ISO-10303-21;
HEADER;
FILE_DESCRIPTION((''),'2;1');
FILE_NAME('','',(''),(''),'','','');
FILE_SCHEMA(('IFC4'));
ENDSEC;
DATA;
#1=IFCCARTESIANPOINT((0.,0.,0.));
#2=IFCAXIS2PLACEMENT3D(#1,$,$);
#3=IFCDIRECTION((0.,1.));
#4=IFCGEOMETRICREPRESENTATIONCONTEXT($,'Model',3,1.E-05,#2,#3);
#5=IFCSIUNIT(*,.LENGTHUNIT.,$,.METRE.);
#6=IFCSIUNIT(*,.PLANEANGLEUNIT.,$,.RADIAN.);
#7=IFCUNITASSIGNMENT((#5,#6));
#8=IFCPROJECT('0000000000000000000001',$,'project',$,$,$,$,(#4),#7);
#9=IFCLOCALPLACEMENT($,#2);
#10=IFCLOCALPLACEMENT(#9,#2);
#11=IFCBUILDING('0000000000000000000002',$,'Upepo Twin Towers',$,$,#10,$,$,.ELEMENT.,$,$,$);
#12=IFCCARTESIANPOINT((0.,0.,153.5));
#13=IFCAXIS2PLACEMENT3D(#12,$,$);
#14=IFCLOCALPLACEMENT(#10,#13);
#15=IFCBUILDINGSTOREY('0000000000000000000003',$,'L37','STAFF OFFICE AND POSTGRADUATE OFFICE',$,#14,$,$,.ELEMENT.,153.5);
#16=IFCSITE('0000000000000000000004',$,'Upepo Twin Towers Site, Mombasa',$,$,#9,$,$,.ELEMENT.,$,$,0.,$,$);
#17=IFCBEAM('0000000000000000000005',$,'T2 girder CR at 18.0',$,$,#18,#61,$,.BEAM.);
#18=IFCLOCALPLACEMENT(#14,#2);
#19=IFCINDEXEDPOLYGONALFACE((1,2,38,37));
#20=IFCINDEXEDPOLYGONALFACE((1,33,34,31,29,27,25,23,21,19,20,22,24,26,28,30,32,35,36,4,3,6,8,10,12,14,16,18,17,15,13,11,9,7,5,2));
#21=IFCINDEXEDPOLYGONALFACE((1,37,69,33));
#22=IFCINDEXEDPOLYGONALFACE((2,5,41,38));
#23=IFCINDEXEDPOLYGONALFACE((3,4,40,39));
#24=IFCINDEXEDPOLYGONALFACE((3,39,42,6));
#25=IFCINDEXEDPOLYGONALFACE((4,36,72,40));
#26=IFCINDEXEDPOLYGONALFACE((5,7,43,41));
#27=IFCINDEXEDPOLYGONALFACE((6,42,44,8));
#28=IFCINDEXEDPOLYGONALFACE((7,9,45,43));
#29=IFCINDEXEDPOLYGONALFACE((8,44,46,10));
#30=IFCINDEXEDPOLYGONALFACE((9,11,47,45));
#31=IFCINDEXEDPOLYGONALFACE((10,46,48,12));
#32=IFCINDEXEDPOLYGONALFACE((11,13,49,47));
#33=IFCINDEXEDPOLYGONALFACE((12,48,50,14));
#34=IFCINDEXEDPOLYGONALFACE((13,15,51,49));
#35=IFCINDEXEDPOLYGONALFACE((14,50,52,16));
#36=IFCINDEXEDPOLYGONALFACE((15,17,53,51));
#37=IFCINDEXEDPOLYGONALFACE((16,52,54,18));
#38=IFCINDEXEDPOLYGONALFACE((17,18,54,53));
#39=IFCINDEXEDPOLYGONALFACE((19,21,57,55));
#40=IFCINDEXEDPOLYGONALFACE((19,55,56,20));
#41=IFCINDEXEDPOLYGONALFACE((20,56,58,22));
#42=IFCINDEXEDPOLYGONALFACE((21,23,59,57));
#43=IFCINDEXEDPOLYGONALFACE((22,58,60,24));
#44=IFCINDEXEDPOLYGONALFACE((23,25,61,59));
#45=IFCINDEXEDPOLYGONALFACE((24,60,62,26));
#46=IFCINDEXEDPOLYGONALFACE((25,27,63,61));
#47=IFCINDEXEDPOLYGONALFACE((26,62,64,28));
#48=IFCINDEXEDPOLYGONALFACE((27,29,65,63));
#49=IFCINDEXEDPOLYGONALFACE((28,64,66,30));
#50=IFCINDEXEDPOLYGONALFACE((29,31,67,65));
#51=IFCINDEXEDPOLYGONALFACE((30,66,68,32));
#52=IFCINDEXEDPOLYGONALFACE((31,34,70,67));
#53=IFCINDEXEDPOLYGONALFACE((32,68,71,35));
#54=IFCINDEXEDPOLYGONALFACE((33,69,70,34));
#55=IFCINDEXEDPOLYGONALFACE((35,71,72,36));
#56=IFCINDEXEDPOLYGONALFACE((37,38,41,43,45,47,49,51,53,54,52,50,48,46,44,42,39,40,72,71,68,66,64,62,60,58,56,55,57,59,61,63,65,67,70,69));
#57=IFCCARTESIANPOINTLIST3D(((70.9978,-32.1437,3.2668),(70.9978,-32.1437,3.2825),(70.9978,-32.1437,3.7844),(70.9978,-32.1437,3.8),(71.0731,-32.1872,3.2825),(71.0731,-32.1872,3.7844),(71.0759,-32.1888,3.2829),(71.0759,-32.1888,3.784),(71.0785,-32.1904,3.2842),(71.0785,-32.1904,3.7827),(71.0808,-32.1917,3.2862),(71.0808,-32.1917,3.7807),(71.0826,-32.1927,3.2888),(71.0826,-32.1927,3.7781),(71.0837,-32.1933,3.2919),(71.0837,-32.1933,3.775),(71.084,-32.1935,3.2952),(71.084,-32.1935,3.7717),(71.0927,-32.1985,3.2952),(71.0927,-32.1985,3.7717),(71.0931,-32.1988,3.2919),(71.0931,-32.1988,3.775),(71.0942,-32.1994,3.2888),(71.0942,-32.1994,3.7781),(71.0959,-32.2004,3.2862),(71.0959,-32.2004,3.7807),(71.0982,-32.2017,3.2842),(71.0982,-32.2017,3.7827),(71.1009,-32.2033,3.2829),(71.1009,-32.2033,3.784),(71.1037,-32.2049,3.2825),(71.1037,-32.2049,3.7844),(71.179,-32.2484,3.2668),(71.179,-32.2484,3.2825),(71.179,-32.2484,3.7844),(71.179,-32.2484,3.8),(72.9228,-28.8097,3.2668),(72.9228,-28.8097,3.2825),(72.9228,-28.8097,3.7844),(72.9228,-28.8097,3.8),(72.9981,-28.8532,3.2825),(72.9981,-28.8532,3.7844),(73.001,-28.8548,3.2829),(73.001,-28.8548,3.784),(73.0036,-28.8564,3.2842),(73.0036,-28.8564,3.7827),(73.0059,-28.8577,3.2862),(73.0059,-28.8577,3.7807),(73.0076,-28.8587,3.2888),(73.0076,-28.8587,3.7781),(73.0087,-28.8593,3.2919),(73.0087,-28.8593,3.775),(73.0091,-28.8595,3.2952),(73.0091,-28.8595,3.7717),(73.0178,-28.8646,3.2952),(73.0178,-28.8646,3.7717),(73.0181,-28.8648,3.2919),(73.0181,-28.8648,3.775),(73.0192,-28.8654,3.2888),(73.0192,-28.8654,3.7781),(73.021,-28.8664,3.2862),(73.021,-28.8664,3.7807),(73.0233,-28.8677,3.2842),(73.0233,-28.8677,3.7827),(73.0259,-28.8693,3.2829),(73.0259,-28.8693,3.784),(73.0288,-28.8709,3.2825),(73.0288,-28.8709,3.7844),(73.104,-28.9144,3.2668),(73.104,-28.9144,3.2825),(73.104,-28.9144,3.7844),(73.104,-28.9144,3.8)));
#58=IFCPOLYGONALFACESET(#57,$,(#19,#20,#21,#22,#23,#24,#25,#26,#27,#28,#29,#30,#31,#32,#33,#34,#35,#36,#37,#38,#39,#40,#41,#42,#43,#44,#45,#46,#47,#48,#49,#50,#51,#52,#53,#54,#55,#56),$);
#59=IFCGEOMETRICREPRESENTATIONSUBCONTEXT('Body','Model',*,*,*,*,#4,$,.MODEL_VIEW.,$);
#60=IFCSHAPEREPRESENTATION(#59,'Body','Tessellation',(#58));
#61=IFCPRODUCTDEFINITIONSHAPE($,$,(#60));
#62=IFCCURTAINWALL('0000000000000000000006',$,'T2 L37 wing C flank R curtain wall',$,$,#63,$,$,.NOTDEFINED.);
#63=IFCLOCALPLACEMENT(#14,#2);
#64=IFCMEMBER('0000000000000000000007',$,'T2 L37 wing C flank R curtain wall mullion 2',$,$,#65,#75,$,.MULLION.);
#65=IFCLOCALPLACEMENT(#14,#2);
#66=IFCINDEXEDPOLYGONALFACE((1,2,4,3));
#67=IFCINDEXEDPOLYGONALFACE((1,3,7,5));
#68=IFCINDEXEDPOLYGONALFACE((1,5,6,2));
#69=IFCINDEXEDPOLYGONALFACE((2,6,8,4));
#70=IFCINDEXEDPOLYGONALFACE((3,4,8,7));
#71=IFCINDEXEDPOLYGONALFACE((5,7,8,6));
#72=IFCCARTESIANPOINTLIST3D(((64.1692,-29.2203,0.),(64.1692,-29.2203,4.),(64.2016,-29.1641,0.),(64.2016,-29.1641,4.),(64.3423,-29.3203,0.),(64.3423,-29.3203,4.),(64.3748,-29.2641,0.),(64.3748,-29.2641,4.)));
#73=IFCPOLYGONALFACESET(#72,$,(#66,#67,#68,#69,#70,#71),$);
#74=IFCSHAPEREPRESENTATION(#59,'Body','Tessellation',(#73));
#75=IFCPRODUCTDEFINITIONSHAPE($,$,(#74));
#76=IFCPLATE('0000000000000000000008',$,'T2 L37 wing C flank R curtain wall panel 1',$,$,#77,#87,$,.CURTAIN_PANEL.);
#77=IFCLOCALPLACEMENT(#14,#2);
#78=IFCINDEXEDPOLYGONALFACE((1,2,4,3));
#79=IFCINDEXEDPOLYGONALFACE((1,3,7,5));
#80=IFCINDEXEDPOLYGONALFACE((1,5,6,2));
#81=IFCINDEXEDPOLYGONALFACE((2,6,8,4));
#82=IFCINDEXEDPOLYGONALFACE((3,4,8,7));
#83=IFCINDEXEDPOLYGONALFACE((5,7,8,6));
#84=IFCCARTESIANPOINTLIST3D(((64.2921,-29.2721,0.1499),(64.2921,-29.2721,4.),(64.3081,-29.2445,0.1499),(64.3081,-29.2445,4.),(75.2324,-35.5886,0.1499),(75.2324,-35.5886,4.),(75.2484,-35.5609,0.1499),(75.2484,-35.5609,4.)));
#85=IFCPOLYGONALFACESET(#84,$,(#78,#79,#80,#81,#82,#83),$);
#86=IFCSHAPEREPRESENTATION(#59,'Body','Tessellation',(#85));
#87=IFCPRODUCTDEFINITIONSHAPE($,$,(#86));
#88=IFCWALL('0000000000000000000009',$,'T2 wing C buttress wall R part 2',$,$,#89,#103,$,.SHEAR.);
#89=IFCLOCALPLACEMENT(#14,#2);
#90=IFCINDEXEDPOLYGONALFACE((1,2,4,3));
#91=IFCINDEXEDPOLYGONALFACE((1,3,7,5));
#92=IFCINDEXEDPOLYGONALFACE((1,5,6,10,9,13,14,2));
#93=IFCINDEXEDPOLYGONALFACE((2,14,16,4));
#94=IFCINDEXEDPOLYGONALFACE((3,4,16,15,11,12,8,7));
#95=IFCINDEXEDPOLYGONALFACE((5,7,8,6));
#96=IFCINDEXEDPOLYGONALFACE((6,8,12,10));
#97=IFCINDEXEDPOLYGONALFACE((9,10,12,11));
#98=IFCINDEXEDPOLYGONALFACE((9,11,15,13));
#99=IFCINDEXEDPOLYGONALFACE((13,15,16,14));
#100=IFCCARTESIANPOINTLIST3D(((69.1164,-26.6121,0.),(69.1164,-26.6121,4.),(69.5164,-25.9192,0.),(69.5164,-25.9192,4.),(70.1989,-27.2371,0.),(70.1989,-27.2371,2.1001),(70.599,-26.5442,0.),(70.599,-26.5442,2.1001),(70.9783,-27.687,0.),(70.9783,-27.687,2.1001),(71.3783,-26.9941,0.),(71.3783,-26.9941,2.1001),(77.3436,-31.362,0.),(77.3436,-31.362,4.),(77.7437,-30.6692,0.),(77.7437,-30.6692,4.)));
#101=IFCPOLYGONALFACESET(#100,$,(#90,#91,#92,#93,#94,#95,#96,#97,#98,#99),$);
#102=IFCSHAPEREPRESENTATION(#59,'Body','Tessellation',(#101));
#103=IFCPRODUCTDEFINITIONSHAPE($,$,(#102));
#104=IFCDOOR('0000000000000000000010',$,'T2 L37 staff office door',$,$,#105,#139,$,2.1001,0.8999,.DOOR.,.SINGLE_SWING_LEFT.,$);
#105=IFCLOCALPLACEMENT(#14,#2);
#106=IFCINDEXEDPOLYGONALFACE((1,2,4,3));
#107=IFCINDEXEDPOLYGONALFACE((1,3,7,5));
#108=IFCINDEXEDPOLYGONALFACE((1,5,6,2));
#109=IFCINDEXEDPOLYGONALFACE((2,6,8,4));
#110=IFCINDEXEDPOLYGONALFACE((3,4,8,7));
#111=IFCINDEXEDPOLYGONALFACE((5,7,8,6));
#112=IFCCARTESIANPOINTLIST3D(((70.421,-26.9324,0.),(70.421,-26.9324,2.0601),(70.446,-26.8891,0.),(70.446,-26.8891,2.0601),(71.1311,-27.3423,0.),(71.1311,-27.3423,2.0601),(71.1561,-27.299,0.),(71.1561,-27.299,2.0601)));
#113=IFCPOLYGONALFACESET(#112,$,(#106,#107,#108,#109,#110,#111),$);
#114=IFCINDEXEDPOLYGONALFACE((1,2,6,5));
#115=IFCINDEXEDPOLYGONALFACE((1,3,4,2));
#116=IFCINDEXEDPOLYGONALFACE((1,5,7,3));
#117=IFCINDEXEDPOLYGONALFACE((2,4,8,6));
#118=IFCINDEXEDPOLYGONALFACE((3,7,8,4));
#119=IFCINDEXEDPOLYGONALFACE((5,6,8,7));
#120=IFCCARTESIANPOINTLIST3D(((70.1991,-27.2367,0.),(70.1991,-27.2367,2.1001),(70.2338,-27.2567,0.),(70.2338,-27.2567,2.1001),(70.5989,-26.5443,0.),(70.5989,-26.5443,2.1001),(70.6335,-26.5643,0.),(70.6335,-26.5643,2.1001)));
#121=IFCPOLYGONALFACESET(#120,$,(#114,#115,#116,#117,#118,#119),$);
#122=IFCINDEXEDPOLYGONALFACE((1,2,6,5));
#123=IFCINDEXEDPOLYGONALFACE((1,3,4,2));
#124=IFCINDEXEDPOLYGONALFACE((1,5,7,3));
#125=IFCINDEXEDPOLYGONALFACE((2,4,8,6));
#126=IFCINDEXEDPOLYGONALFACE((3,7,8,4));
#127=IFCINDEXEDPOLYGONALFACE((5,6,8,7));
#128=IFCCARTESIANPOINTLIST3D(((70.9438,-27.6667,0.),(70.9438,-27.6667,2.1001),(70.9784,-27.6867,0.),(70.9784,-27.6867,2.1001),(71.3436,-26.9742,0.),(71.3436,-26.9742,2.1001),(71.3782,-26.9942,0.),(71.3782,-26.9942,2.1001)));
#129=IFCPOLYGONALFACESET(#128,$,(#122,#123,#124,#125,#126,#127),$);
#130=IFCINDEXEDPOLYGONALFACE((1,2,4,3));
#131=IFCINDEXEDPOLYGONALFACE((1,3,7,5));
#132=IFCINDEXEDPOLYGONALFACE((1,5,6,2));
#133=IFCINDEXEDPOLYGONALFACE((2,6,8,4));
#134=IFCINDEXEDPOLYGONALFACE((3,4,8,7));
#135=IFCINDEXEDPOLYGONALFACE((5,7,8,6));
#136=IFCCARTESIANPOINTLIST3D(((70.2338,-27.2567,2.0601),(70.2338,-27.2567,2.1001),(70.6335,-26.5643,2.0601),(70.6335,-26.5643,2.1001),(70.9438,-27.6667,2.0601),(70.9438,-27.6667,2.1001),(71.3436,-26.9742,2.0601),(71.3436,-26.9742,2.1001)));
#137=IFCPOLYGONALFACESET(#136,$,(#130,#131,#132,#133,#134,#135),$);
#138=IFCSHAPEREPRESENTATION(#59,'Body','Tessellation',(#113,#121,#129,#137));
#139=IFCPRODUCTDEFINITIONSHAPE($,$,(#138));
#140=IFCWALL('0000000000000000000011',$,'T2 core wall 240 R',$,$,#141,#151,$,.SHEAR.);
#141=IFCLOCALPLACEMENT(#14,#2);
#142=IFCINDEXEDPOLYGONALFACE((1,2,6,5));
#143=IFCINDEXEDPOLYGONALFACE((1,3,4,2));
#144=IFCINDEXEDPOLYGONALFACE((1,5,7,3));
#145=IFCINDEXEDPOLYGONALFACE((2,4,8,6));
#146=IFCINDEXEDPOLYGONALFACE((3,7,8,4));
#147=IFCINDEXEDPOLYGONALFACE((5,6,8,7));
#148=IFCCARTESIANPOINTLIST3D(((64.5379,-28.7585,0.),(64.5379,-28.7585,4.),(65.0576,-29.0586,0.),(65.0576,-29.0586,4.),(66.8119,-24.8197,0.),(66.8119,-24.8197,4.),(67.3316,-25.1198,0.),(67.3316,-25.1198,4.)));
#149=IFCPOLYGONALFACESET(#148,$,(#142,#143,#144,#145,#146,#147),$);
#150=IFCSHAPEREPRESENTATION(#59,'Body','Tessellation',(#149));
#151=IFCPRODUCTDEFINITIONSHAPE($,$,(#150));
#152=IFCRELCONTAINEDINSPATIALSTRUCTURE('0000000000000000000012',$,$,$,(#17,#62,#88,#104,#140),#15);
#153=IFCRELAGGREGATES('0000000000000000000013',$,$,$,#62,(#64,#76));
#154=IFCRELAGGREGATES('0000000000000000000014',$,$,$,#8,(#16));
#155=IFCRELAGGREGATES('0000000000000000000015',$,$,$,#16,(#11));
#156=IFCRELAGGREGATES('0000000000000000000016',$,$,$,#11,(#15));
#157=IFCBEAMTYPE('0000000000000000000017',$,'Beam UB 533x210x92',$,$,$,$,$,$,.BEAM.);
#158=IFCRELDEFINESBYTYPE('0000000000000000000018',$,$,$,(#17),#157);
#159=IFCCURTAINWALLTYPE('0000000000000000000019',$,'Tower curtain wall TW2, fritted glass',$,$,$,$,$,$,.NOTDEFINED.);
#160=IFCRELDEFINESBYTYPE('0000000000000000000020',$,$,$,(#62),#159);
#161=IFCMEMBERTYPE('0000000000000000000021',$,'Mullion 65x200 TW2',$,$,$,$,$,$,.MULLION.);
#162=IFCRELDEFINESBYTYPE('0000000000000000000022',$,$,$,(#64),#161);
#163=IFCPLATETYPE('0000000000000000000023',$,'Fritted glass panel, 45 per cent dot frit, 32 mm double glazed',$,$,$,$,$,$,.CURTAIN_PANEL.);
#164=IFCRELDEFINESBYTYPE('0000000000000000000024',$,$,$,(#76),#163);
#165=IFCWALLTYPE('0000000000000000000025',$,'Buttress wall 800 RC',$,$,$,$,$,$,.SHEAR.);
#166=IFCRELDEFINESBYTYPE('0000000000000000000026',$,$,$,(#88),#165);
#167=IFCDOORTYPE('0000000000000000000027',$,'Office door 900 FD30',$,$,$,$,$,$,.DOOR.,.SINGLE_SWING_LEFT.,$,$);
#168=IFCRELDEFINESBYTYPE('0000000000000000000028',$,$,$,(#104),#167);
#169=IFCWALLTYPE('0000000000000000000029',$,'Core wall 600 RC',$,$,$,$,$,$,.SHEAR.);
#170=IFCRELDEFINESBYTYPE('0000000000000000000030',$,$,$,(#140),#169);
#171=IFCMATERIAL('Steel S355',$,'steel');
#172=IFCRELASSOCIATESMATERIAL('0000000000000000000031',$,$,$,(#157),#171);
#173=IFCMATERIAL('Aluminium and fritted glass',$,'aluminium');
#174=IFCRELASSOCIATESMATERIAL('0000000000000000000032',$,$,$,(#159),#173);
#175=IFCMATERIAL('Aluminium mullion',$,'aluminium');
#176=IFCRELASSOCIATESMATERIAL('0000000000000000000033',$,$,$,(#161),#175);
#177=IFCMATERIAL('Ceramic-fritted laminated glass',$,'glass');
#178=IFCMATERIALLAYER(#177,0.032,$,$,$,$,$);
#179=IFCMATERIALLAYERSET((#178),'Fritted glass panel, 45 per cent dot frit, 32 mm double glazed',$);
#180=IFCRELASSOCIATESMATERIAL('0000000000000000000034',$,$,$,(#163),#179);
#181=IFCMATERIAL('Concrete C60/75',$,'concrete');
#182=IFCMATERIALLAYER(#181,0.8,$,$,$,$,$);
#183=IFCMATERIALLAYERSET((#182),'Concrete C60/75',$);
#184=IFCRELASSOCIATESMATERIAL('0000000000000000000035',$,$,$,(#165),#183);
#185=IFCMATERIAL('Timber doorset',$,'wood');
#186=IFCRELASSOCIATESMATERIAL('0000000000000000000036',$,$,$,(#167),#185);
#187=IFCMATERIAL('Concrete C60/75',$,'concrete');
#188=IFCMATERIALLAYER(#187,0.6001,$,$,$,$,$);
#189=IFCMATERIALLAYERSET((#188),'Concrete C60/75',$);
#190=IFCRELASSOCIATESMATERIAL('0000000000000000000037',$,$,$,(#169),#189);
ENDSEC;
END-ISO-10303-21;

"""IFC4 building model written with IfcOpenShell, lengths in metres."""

from ifc_helpers import new_model, si_unit, direction, frame, frame_2d, origin, origin_2d, place, context, subcontext, project, spatial, rectangle, i_section, extrude, material, layer, layer_set, material_profile, profile_set, type_object, element, fill, aggregate, save


model = new_model("IFC4")

# Units and contexts
model_context = context("Model", 3, precision=1e-05, world=origin(), true_north=direction((0.0, 1.0)))
body_context = subcontext(model_context, "Body", "Model", "MODEL_VIEW")
ifc_project = project(units=[si_unit("LENGTHUNIT", "METRE"), si_unit("PLANEANGLEUNIT", "RADIAN")], contexts=[model_context])

# Site, building, storey
site_placement = place(None, origin())
site = spatial("IfcSite", under=ifc_project, at=site_placement, Name="Upepo Twin Towers Site, Mombasa", CompositionType="ELEMENT", RefElevation=0.0)
building_placement = place(site_placement, origin())
building = spatial("IfcBuilding", under=site, at=building_placement, Name="Upepo Twin Towers", CompositionType="ELEMENT")
storey_placement = place(building_placement, frame((0.0, 0.0, 153.5)))
storey = spatial("IfcBuildingStorey", under=building, at=storey_placement, Name="L37", Description="STAFF OFFICE AND POSTGRADUATE OFFICE", CompositionType="ELEMENT", Elevation=153.5)

# Beam
ifc_material_1 = material(Name="Steel S355", Category="steel")
ifc_material_profile_1 = material_profile(ifc_material_1, i_section(OverallWidth=0.2092, OverallDepth=0.5332, WebThickness=0.01, FlangeThickness=0.0156, FilletRadius=0.0127, at=origin_2d()), Name="UB 533x210x92")
ifc_profile_set_1 = profile_set([ifc_material_profile_1], Name="Steel S355")
beam_type_1 = type_object("IfcBeamType", Name="Beam UB 533x210x92", PredefinedType="BEAM", material=ifc_profile_set_1)
for number, where, z_axis, x_axis, name in (
    (1, (71.0884, -32.196, 3.5334), (0.500034, 0.866006, 0.0), (-0.866006, 0.500034, 0.0), "T2 girder CR at 18.0"),
):
    element("IfcBeam", number, at=place(storey_placement, frame(where, z_axis=z_axis, x_axis=x_axis)), inside=storey, type_object=beam_type_1, Name=name, PredefinedType="BEAM", context=body_context, shape_type="SweptSolid", body=[
        extrude(i_section(OverallWidth=0.2092, OverallDepth=0.5332, WebThickness=0.01, FlangeThickness=0.0156, FilletRadius=0.0127, at=origin_2d()), origin(), (0.0, 0.0, 1.0), 3.8499),
    ])

# Curtain wall, member, plate
ifc_material_2 = material(Name="Aluminium and fritted glass", Category="aluminium")
curtain_wall_type = type_object("IfcCurtainWallType", Name="Tower curtain wall TW2, fritted glass", PredefinedType="NOTDEFINED", material=ifc_material_2)
curtain_wall_placement = place(storey_placement, origin())
curtain_wall = element("IfcCurtainWall", 2, at=curtain_wall_placement, inside=storey, type_object=curtain_wall_type, Name="T2 L37 wing C flank R curtain wall", PredefinedType="NOTDEFINED")
ifc_material_3 = material(Name="Aluminium mullion", Category="aluminium")
ifc_material_profile_2 = material_profile(ifc_material_3, rectangle(XDim=0.0649, YDim=0.2, at=origin_2d()), Name="MULLION 65x200")
ifc_profile_set_2 = profile_set([ifc_material_profile_2], Name="Aluminium mullion")
member_type = type_object("IfcMemberType", Name="Mullion 65x200 TW2", PredefinedType="MULLION", material=ifc_profile_set_2)
member_placement = place(storey_placement, frame((64.272, -29.2422, 0.0), z_axis=(0.0, 0.0, 1.0), x_axis=(-0.5, -0.866025, 0.0)))
member = element("IfcMember", 3, at=member_placement, type_object=member_type, Name="T2 L37 wing C flank R curtain wall mullion 2", PredefinedType="MULLION", context=body_context, shape_type="SweptSolid", body=[
    extrude(rectangle(XDim=0.0649, YDim=0.2, at=origin_2d()), origin(), (0.0, 0.0, 1.0), 4.0),
])
ifc_material_4 = material(Name="Ceramic-fritted laminated glass", Category="glass")
ifc_layer_1 = layer(ifc_material_4, 0.032)
ifc_layer_set_1 = layer_set([ifc_layer_1], Name="Fritted glass panel, 45 per cent dot frit, 32 mm double glazed")
plate_type = type_object("IfcPlateType", Name="Fritted glass panel, 45 per cent dot frit, 32 mm double glazed", PredefinedType="CURTAIN_PANEL", material=ifc_layer_set_1)
plate_placement = place(storey_placement, frame((69.7703, -32.4165, 0.1499), z_axis=(0.0, 0.0, 1.0), x_axis=(-0.866025, 0.5, 0.0)))
plate = element("IfcPlate", 4, at=plate_placement, type_object=plate_type, Name="T2 L37 wing C flank R curtain wall panel 1", PredefinedType="CURTAIN_PANEL", context=body_context, shape_type="SweptSolid", body=[
    extrude(rectangle(XDim=12.6328, YDim=0.032, at=origin_2d()), origin(), (0.0, 0.0, 1.0), 3.8501),
])
aggregate(curtain_wall, [member, plate])

# Wall, opening, door
ifc_material_5 = material(Name="Concrete C60/75", Category="concrete")
ifc_layer_2 = layer(ifc_material_5, 0.8)
ifc_layer_set_2 = layer_set([ifc_layer_2], Name="Concrete C60/75")
wall_type_1 = type_object("IfcWallType", Name="Buttress wall 800 RC", PredefinedType="SHEAR", material=ifc_layer_set_2)
wall_1_placement = place(storey_placement, frame((69.3164, -26.2656, 0.0), z_axis=(0.0, 0.0, 1.0), x_axis=(0.866027, -0.499998, 0.0)))
wall_1 = element("IfcWall", 5, at=wall_1_placement, inside=storey, type_object=wall_type_1, Name="T2 wing C buttress wall R part 2", PredefinedType="SHEAR", context=body_context, shape_type="SweptSolid", body=[
    extrude(rectangle(XDim=9.5, YDim=0.8, at=frame_2d((4.75, 0.0))), origin(), (0.0, 0.0, 1.0), 4.0),
])
opening_1_placement = place(wall_1_placement, frame((1.25, 0.0, 0.0)))
opening_1 = element("IfcOpeningElement", 6, at=opening_1_placement, cuts=wall_1, PredefinedType="OPENING", context=body_context, shape_type="SweptSolid", body=[
    extrude(rectangle(XDim=0.8999, YDim=2.1001, at=frame_2d((0.45, 1.05))), frame((0.0, 0.4099, 0.0), z_axis=(0.0, -1.0, 0.0), x_axis=(1.0, 0.0, 0.0)), (0.0, 0.0, 1.0), 0.8201),
])
ifc_material_6 = material(Name="Timber doorset", Category="wood")
door_type_1 = type_object("IfcDoorType", Name="Office door 900 FD30", OperationType="SINGLE_SWING_LEFT", PredefinedType="DOOR", material=ifc_material_6)
door_1_placement = place(opening_1_placement, origin())
door_1 = element("IfcDoor", 7, at=door_1_placement, inside=storey, type_object=door_type_1, Name="T2 L37 staff office door", OperationType="SINGLE_SWING_LEFT", OverallHeight=2.1001, OverallWidth=0.8999, PredefinedType="DOOR", context=body_context, shape_type="SweptSolid", body=[
    extrude(rectangle(XDim=0.8199, YDim=2.0601, at=frame_2d((0.45, 1.03))), frame((0.0, 0.0249, 0.0), z_axis=(0.0, -1.0, 0.0), x_axis=(1.0, 0.0, 0.0)), (0.0, 0.0, 1.0), 0.05),
    extrude(rectangle(XDim=0.04, YDim=2.1001, at=frame_2d((0.02, 1.05))), frame((0.0, 0.3999, 0.0), z_axis=(0.0, -1.0, 0.0), x_axis=(1.0, 0.0, 0.0)), (0.0, 0.0, 1.0), 0.7996),
    extrude(rectangle(XDim=0.04, YDim=2.1001, at=frame_2d((0.8799, 1.05))), frame((0.0, 0.3999, 0.0), z_axis=(0.0, -1.0, 0.0), x_axis=(1.0, 0.0, 0.0)), (0.0, 0.0, 1.0), 0.7996),
    extrude(rectangle(XDim=0.8199, YDim=0.04, at=frame_2d((0.45, 2.0801))), frame((0.0, 0.3999, 0.0), z_axis=(0.0, -1.0, 0.0), x_axis=(1.0, 0.0, 0.0)), (0.0, 0.0, 1.0), 0.7996),
])
fill(opening_1, door_1)

# Wall
ifc_material_7 = material(Name="Concrete C60/75", Category="concrete")
ifc_layer_3 = layer(ifc_material_7, 0.6001)
ifc_layer_set_3 = layer_set([ifc_layer_3], Name="Concrete C60/75")
wall_type_2 = type_object("IfcWallType", Name="Core wall 600 RC", PredefinedType="SHEAR", material=ifc_layer_set_3)
wall_2_placement = place(storey_placement, frame((64.7979, -28.9084, 0.0), z_axis=(0.0, 0.0, 1.0), x_axis=(0.499984, 0.866035, 0.0)))
element("IfcWall", 8, at=wall_2_placement, inside=storey, type_object=wall_type_2, Name="T2 core wall 240 R", PredefinedType="SHEAR", context=body_context, shape_type="SweptSolid", body=[
    extrude(rectangle(XDim=4.5481, YDim=0.6001, at=frame_2d((2.2739, 0.0))), origin(), (0.0, 0.0, 1.0), 4.0),
])

save(model, "model.ifc")
